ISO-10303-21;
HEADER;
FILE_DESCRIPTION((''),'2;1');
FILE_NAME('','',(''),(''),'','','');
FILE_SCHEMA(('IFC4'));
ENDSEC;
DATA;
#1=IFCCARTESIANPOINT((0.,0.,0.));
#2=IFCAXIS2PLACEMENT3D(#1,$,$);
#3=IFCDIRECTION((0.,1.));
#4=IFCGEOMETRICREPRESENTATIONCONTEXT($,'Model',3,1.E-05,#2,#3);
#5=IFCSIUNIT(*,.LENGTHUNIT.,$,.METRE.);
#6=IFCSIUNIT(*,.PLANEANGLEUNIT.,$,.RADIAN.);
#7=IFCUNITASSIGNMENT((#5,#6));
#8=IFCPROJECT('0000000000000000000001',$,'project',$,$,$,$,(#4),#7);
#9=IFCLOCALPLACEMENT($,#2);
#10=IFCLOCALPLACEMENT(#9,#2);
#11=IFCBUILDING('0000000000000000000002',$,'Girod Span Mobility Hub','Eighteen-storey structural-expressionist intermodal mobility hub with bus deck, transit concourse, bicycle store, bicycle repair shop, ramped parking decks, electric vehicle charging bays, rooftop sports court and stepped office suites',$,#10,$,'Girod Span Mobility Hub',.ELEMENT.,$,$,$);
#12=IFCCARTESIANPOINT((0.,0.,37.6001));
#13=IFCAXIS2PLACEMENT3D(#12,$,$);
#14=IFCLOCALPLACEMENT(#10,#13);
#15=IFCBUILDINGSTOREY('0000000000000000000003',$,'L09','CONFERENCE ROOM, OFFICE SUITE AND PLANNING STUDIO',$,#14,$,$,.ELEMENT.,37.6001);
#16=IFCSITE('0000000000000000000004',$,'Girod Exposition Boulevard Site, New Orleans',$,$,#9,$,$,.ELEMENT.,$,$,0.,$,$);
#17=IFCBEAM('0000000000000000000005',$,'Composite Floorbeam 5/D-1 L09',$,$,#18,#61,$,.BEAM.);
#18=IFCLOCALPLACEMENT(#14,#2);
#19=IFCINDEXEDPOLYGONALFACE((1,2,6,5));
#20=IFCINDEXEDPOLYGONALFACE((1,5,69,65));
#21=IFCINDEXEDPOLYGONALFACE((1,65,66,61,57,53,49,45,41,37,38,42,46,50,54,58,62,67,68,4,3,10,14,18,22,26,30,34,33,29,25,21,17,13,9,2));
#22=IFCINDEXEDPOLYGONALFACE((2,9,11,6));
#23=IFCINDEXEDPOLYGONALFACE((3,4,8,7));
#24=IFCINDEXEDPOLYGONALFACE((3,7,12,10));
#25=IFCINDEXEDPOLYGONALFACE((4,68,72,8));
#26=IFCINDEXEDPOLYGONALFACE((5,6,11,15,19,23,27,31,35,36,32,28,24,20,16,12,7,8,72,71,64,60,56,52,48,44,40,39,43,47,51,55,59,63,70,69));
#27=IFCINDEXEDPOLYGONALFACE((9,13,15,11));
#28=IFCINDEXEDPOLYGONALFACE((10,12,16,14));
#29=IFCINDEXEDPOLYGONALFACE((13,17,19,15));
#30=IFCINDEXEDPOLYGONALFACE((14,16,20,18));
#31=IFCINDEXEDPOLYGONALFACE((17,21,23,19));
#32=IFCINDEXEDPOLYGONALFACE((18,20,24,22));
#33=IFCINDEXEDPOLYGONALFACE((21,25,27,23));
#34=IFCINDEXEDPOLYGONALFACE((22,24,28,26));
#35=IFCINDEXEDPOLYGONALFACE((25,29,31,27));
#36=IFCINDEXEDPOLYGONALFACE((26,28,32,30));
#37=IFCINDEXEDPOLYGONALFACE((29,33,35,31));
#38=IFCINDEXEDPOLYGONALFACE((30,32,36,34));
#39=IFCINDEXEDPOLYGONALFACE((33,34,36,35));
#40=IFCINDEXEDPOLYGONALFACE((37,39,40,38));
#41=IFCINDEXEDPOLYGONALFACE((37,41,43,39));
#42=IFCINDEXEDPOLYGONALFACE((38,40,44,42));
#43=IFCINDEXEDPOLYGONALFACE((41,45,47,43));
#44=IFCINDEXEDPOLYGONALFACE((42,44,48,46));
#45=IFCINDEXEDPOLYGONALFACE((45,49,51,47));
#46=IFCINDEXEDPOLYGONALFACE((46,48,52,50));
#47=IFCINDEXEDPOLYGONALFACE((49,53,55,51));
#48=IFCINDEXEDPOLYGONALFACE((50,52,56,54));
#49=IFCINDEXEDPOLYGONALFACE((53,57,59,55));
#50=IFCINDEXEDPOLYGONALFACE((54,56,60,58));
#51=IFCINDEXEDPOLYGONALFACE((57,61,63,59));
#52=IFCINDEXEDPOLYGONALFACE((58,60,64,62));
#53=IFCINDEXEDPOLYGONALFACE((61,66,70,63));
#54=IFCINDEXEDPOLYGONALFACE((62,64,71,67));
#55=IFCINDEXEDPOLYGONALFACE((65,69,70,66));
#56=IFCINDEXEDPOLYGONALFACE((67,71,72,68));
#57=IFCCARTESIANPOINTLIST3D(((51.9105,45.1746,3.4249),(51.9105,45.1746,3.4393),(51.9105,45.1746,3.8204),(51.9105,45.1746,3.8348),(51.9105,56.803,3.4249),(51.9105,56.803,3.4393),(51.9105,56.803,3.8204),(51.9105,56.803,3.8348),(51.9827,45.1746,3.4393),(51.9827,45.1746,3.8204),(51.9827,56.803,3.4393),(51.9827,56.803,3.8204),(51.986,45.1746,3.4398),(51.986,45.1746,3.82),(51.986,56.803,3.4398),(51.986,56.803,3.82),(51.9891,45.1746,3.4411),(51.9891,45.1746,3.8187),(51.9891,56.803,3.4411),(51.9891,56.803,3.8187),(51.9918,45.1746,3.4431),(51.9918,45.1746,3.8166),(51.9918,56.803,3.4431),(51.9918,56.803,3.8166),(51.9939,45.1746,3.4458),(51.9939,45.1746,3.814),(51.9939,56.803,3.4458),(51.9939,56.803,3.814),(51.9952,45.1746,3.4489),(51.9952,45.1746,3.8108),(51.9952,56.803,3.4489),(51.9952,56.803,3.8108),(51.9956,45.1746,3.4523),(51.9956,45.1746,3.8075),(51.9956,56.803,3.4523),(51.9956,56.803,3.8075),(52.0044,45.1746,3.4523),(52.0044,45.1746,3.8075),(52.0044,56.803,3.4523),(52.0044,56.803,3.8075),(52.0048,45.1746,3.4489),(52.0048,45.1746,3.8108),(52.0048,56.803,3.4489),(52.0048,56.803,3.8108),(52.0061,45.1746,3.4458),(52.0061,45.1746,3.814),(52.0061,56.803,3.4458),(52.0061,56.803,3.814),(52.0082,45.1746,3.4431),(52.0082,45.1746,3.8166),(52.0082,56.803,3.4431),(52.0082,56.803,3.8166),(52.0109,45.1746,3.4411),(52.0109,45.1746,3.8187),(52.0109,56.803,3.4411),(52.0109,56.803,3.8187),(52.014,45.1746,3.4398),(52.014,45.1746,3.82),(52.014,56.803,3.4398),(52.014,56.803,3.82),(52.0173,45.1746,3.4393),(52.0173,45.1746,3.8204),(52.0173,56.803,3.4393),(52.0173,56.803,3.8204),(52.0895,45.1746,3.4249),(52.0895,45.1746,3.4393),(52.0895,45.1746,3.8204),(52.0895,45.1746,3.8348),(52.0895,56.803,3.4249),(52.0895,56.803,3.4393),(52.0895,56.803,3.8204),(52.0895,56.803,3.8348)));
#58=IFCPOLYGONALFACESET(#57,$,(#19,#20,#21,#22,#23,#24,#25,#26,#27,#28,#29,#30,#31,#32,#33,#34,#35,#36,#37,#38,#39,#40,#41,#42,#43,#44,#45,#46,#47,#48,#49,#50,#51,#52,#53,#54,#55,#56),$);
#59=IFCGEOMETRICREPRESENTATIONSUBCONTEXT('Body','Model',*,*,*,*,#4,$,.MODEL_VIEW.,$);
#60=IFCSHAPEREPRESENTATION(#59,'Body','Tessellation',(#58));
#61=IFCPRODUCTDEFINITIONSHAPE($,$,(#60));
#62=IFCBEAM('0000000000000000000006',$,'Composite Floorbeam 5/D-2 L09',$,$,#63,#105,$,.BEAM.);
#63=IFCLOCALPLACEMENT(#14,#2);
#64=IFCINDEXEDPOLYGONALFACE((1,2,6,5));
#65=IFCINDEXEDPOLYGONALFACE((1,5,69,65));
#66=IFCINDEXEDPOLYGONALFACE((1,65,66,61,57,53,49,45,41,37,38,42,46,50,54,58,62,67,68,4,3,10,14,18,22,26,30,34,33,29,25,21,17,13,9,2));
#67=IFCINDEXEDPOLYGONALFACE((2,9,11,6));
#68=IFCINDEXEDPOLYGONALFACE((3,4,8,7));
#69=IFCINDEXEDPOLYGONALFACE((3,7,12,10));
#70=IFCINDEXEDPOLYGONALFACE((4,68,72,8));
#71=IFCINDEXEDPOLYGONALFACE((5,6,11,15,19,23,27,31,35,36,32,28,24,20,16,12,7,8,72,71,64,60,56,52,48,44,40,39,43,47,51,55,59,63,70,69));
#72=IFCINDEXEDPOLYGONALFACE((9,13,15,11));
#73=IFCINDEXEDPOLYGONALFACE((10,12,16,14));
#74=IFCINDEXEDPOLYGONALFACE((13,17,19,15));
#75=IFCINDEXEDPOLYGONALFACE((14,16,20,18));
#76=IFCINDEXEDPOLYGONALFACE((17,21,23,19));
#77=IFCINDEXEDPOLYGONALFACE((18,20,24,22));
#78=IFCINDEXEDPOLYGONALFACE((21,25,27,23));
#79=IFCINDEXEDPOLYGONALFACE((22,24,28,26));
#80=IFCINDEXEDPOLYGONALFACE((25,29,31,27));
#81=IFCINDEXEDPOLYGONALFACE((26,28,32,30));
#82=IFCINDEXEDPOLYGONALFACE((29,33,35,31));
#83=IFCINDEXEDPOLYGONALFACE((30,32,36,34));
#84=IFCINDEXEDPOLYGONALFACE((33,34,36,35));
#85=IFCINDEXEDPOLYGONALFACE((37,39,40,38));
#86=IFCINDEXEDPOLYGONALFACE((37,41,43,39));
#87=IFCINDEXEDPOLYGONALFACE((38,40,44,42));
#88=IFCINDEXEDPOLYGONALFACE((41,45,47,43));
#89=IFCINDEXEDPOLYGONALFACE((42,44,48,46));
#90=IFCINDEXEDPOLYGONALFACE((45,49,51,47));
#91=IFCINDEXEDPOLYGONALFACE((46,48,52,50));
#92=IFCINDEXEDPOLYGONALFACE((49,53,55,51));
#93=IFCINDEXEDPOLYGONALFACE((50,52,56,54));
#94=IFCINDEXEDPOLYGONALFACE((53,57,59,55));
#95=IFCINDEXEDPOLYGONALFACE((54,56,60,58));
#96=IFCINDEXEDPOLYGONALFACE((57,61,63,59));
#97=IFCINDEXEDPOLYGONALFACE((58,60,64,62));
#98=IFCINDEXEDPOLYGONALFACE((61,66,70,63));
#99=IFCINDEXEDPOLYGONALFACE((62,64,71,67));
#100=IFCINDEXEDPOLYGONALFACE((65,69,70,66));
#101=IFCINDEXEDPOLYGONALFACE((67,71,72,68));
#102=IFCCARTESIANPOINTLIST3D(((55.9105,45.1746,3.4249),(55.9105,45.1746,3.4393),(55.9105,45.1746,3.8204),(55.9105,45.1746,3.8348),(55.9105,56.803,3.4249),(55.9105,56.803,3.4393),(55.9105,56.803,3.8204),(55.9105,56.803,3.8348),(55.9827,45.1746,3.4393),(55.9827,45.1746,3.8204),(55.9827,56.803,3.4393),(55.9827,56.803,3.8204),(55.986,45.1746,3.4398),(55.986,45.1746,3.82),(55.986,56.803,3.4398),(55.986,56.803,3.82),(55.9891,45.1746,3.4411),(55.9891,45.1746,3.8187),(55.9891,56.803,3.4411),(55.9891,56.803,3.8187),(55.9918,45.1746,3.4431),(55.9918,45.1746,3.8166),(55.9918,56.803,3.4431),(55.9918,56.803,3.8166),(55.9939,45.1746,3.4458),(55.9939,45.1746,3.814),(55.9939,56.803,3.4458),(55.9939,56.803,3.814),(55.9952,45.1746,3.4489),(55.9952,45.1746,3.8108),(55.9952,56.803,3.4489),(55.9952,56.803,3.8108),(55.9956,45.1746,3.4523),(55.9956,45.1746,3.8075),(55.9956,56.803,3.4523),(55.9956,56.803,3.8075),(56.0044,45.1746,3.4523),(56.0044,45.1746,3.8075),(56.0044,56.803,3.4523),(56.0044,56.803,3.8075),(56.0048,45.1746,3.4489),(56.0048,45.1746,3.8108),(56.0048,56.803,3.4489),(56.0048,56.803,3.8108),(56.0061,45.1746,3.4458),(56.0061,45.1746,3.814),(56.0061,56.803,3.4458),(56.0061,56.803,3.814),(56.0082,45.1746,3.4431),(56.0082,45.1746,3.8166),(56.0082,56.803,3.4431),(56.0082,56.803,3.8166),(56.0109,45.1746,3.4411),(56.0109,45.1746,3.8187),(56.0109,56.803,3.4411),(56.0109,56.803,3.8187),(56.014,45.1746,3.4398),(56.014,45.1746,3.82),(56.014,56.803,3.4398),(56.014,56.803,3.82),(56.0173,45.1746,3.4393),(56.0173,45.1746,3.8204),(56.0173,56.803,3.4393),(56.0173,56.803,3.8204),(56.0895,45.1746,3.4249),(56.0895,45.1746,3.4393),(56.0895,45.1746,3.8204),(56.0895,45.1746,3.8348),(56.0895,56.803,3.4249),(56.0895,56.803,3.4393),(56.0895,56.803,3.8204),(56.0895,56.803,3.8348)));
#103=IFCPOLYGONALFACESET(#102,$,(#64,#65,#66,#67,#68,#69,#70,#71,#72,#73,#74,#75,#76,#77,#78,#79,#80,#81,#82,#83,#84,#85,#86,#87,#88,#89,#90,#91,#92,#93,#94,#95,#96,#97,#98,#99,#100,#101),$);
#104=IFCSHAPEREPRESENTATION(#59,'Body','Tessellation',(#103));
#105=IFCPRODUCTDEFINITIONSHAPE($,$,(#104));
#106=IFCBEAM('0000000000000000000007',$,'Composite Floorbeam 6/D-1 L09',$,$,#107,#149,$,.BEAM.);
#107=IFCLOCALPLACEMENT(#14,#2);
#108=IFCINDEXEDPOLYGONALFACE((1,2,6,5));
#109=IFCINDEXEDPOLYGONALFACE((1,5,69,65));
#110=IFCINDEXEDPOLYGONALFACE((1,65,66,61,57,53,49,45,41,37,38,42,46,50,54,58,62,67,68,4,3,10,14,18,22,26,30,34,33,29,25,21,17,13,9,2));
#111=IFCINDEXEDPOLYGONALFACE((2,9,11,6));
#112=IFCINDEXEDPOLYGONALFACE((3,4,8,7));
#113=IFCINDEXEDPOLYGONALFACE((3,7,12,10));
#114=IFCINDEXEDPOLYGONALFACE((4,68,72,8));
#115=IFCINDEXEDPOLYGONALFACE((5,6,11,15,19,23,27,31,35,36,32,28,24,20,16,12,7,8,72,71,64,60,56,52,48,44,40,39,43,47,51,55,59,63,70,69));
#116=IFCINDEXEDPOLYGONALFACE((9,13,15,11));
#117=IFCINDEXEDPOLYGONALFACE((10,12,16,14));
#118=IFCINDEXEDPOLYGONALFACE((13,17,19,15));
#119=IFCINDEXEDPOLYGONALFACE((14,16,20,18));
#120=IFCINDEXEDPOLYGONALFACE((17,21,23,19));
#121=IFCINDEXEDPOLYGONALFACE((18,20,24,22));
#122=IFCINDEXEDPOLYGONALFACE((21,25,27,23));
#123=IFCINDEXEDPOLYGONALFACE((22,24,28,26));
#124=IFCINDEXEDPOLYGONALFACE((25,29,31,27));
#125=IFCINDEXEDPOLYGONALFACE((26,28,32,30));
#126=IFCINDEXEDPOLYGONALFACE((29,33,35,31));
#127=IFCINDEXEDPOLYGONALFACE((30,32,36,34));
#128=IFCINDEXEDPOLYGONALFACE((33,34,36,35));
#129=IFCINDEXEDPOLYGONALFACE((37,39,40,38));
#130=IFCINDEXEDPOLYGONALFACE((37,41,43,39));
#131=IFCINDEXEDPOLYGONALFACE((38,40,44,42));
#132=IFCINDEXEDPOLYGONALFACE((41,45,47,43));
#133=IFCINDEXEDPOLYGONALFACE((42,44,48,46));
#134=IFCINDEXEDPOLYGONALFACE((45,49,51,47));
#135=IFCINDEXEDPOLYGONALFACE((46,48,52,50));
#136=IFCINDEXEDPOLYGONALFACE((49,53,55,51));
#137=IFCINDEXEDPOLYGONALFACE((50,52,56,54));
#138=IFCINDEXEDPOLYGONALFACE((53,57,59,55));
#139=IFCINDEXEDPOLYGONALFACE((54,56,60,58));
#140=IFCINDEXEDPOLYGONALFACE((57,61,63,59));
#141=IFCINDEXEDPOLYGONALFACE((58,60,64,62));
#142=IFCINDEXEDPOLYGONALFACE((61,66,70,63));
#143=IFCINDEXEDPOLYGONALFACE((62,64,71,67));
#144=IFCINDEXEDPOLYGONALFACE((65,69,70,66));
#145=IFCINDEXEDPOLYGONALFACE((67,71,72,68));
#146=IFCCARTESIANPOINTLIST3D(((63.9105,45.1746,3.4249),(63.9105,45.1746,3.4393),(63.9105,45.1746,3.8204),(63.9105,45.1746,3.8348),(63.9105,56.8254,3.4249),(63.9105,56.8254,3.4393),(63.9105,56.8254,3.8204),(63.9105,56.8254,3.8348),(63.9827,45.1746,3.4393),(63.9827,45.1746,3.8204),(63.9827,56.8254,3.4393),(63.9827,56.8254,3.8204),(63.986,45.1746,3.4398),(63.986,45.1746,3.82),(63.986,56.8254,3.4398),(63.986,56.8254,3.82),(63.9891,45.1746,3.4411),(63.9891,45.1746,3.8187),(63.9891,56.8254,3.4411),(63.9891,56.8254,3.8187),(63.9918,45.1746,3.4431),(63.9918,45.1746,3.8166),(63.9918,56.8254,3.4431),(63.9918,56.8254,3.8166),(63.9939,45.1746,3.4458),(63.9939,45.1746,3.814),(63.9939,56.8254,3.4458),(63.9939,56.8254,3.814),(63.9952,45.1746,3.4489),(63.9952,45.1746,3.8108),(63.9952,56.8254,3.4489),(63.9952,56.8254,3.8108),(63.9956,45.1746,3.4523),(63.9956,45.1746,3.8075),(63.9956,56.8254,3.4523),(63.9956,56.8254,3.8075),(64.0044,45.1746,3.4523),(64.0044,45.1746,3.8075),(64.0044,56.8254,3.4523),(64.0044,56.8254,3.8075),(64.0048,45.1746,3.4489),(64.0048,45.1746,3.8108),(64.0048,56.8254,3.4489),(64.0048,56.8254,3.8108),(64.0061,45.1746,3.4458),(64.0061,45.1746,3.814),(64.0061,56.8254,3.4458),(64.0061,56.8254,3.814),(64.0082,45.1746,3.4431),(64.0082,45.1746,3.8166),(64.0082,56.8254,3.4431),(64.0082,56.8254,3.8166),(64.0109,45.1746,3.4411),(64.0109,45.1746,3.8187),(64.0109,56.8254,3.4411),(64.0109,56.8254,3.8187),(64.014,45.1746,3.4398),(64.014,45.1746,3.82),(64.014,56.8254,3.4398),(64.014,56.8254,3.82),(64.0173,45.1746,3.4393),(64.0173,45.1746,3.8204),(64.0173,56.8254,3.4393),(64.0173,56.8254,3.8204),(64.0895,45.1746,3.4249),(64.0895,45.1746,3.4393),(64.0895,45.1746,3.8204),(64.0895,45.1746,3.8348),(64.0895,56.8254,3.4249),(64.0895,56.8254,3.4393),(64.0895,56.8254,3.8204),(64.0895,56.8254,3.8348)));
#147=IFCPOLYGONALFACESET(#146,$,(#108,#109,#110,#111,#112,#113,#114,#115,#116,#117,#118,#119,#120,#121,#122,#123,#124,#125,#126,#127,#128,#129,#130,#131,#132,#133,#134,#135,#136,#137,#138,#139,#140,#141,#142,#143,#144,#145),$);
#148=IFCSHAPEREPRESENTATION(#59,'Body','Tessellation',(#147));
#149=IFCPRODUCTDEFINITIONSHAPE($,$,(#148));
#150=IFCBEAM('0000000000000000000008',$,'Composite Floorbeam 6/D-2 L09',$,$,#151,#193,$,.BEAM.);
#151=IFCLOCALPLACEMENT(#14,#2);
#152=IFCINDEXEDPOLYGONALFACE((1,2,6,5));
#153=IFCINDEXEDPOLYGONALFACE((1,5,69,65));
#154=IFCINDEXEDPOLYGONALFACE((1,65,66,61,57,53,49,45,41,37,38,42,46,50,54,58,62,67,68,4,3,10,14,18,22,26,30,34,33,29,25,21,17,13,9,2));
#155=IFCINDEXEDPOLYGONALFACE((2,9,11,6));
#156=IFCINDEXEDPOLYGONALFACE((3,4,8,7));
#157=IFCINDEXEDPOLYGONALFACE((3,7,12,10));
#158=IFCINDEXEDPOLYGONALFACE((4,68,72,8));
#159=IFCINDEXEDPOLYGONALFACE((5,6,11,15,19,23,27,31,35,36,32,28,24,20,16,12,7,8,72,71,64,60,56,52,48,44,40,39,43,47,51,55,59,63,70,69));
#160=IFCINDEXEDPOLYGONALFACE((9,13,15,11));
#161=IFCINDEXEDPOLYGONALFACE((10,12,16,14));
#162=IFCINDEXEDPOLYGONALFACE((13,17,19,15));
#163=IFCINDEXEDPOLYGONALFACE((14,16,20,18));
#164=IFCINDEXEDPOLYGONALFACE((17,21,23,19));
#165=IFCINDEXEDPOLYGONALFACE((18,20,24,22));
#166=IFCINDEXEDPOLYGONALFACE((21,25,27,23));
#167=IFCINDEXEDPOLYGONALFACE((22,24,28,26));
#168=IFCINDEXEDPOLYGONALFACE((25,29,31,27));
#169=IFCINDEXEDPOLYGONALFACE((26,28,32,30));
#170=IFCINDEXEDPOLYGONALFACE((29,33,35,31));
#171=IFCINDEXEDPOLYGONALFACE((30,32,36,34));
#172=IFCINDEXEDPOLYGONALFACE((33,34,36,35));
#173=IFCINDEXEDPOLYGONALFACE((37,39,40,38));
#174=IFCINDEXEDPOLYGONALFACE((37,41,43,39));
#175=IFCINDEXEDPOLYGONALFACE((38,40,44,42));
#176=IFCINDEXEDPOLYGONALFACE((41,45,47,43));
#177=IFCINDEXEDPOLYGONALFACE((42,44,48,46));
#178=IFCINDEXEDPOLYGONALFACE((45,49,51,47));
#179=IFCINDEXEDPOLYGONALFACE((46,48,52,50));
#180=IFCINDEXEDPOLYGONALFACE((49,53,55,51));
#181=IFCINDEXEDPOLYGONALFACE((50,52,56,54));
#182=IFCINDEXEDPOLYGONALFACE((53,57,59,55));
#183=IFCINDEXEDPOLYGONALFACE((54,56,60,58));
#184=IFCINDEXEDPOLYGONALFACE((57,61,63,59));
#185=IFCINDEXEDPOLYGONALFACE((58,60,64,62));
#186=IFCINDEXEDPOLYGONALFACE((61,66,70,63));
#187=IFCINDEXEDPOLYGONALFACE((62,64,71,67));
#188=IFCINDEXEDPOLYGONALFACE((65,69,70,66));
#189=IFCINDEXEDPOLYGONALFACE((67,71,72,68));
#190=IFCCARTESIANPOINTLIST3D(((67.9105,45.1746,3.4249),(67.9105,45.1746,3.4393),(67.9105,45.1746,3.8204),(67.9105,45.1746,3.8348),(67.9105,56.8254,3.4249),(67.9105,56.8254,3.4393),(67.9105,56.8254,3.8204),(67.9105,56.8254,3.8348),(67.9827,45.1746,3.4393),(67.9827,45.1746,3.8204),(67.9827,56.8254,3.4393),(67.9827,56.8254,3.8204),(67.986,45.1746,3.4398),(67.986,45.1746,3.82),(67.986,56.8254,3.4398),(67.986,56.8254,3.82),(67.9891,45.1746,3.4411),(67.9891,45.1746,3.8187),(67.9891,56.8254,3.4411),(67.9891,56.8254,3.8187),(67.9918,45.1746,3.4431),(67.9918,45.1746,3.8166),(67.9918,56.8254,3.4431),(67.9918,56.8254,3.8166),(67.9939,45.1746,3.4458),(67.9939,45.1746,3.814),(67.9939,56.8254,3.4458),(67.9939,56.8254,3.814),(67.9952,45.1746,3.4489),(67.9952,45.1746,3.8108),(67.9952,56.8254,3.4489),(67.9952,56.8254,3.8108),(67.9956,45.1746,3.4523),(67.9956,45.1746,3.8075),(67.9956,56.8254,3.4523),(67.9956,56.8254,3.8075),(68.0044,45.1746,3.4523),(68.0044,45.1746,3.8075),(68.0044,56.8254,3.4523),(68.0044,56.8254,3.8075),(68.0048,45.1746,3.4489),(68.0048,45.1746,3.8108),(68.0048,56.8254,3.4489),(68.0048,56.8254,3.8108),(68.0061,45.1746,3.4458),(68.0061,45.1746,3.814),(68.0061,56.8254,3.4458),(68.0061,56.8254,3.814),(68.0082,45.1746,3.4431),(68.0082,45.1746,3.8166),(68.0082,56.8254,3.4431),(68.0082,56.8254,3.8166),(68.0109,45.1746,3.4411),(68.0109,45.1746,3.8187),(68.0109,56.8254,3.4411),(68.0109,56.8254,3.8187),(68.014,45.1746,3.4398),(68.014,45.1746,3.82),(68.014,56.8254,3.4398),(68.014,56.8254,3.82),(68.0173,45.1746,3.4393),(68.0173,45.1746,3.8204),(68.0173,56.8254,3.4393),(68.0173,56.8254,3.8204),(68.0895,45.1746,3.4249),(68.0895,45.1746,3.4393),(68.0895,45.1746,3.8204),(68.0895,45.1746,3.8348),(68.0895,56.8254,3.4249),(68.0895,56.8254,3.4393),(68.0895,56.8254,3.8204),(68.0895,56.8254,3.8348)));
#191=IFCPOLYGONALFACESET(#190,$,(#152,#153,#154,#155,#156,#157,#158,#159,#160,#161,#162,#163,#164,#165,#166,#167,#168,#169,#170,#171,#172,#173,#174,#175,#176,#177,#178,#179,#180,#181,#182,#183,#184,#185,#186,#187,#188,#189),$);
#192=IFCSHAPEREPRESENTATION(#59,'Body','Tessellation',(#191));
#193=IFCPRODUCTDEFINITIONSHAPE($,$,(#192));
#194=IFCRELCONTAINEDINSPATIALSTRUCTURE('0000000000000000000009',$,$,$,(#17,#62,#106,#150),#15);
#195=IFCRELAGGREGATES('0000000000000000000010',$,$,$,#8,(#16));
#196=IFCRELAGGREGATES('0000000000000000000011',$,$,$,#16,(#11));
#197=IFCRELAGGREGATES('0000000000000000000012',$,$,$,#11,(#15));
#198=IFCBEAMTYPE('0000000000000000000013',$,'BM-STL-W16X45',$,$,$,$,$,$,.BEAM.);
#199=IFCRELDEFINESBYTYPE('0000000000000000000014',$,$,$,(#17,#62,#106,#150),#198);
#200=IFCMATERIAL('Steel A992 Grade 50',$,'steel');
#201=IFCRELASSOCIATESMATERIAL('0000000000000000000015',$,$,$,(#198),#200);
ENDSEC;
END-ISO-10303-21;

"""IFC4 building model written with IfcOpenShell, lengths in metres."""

from ifc_helpers import new_model, si_unit, direction, frame, origin, origin_2d, place, context, subcontext, project, spatial, i_section, extrude, material, material_profile, profile_set, type_object, element, save


model = new_model("IFC4")

# Units and contexts
model_context = context("Model", 3, precision=1e-05, world=origin(), true_north=direction((0.0, 1.0)))
body_context = subcontext(model_context, "Body", "Model", "MODEL_VIEW")
ifc_project = project(units=[si_unit("LENGTHUNIT", "METRE"), si_unit("PLANEANGLEUNIT", "RADIAN")], contexts=[model_context])

# Site, building, storey
site_placement = place(None, origin())
site = spatial("IfcSite", under=ifc_project, at=site_placement, Name="Girod Exposition Boulevard Site, New Orleans", CompositionType="ELEMENT", RefElevation=0.0)
building_placement = place(site_placement, origin())
building = spatial("IfcBuilding", under=site, at=building_placement, Name="Girod Span Mobility Hub", Description="Eighteen-storey structural-expressionist intermodal mobility hub with bus deck, transit concourse, bicycle store, bicycle repair shop, ramped parking decks, electric vehicle charging bays, rooftop sports court and stepped office suites", LongName="Girod Span Mobility Hub", CompositionType="ELEMENT")
storey_placement = place(building_placement, frame((0.0, 0.0, 37.6001)))
storey = spatial("IfcBuildingStorey", under=building, at=storey_placement, Name="L09", Description="CONFERENCE ROOM, OFFICE SUITE AND PLANNING STUDIO", CompositionType="ELEMENT", Elevation=37.6001)

# Beams
ifc_material_1 = material(Name="Steel A992 Grade 50", Category="steel")
ifc_material_profile_1 = material_profile(ifc_material_1, i_section(OverallWidth=0.179, OverallDepth=0.4099, WebThickness=0.0088, FlangeThickness=0.0144, FilletRadius=0.0129, at=origin_2d()), Name="W16X45")
ifc_profile_set_1 = profile_set([ifc_material_profile_1], Name="Steel A992 Grade 50")
beam_type_1 = type_object("IfcBeamType", Name="BM-STL-W16X45", PredefinedType="BEAM", material=ifc_profile_set_1)
for number, where, z_axis, x_axis, name in (
    (1, (52.0, 45.1746, 3.6299), (0.0, 1.0, 0.0), (-1.0, 0.0, 0.0), "Composite Floorbeam 5/D-1 L09"),
    (2, (56.0, 45.1746, 3.6299), (0.0, 1.0, 0.0), (-1.0, 0.0, 0.0), "Composite Floorbeam 5/D-2 L09"),
):
    element("IfcBeam", number, at=place(storey_placement, frame(where, z_axis=z_axis, x_axis=x_axis)), inside=storey, type_object=beam_type_1, Name=name, PredefinedType="BEAM", context=body_context, shape_type="SweptSolid", body=[
        extrude(i_section(OverallWidth=0.179, OverallDepth=0.4099, WebThickness=0.0088, FlangeThickness=0.0144, FilletRadius=0.0129, at=origin_2d()), origin(), (0.0, 0.0, 1.0), 11.6284),
    ])
for number, where, z_axis, x_axis, name in (
    (3, (64.0, 45.1746, 3.6299), (0.0, 1.0, 0.0), (-1.0, 0.0, 0.0), "Composite Floorbeam 6/D-1 L09"),
    (4, (68.0, 45.1746, 3.6299), (0.0, 1.0, 0.0), (-1.0, 0.0, 0.0), "Composite Floorbeam 6/D-2 L09"),
):
    element("IfcBeam", number, at=place(storey_placement, frame(where, z_axis=z_axis, x_axis=x_axis)), inside=storey, type_object=beam_type_1, Name=name, PredefinedType="BEAM", context=body_context, shape_type="SweptSolid", body=[
        extrude(i_section(OverallWidth=0.179, OverallDepth=0.4099, WebThickness=0.0088, FlangeThickness=0.0144, FilletRadius=0.0129, at=origin_2d()), origin(), (0.0, 0.0, 1.0), 11.6509),
    ])

save(model, "model.ifc")
